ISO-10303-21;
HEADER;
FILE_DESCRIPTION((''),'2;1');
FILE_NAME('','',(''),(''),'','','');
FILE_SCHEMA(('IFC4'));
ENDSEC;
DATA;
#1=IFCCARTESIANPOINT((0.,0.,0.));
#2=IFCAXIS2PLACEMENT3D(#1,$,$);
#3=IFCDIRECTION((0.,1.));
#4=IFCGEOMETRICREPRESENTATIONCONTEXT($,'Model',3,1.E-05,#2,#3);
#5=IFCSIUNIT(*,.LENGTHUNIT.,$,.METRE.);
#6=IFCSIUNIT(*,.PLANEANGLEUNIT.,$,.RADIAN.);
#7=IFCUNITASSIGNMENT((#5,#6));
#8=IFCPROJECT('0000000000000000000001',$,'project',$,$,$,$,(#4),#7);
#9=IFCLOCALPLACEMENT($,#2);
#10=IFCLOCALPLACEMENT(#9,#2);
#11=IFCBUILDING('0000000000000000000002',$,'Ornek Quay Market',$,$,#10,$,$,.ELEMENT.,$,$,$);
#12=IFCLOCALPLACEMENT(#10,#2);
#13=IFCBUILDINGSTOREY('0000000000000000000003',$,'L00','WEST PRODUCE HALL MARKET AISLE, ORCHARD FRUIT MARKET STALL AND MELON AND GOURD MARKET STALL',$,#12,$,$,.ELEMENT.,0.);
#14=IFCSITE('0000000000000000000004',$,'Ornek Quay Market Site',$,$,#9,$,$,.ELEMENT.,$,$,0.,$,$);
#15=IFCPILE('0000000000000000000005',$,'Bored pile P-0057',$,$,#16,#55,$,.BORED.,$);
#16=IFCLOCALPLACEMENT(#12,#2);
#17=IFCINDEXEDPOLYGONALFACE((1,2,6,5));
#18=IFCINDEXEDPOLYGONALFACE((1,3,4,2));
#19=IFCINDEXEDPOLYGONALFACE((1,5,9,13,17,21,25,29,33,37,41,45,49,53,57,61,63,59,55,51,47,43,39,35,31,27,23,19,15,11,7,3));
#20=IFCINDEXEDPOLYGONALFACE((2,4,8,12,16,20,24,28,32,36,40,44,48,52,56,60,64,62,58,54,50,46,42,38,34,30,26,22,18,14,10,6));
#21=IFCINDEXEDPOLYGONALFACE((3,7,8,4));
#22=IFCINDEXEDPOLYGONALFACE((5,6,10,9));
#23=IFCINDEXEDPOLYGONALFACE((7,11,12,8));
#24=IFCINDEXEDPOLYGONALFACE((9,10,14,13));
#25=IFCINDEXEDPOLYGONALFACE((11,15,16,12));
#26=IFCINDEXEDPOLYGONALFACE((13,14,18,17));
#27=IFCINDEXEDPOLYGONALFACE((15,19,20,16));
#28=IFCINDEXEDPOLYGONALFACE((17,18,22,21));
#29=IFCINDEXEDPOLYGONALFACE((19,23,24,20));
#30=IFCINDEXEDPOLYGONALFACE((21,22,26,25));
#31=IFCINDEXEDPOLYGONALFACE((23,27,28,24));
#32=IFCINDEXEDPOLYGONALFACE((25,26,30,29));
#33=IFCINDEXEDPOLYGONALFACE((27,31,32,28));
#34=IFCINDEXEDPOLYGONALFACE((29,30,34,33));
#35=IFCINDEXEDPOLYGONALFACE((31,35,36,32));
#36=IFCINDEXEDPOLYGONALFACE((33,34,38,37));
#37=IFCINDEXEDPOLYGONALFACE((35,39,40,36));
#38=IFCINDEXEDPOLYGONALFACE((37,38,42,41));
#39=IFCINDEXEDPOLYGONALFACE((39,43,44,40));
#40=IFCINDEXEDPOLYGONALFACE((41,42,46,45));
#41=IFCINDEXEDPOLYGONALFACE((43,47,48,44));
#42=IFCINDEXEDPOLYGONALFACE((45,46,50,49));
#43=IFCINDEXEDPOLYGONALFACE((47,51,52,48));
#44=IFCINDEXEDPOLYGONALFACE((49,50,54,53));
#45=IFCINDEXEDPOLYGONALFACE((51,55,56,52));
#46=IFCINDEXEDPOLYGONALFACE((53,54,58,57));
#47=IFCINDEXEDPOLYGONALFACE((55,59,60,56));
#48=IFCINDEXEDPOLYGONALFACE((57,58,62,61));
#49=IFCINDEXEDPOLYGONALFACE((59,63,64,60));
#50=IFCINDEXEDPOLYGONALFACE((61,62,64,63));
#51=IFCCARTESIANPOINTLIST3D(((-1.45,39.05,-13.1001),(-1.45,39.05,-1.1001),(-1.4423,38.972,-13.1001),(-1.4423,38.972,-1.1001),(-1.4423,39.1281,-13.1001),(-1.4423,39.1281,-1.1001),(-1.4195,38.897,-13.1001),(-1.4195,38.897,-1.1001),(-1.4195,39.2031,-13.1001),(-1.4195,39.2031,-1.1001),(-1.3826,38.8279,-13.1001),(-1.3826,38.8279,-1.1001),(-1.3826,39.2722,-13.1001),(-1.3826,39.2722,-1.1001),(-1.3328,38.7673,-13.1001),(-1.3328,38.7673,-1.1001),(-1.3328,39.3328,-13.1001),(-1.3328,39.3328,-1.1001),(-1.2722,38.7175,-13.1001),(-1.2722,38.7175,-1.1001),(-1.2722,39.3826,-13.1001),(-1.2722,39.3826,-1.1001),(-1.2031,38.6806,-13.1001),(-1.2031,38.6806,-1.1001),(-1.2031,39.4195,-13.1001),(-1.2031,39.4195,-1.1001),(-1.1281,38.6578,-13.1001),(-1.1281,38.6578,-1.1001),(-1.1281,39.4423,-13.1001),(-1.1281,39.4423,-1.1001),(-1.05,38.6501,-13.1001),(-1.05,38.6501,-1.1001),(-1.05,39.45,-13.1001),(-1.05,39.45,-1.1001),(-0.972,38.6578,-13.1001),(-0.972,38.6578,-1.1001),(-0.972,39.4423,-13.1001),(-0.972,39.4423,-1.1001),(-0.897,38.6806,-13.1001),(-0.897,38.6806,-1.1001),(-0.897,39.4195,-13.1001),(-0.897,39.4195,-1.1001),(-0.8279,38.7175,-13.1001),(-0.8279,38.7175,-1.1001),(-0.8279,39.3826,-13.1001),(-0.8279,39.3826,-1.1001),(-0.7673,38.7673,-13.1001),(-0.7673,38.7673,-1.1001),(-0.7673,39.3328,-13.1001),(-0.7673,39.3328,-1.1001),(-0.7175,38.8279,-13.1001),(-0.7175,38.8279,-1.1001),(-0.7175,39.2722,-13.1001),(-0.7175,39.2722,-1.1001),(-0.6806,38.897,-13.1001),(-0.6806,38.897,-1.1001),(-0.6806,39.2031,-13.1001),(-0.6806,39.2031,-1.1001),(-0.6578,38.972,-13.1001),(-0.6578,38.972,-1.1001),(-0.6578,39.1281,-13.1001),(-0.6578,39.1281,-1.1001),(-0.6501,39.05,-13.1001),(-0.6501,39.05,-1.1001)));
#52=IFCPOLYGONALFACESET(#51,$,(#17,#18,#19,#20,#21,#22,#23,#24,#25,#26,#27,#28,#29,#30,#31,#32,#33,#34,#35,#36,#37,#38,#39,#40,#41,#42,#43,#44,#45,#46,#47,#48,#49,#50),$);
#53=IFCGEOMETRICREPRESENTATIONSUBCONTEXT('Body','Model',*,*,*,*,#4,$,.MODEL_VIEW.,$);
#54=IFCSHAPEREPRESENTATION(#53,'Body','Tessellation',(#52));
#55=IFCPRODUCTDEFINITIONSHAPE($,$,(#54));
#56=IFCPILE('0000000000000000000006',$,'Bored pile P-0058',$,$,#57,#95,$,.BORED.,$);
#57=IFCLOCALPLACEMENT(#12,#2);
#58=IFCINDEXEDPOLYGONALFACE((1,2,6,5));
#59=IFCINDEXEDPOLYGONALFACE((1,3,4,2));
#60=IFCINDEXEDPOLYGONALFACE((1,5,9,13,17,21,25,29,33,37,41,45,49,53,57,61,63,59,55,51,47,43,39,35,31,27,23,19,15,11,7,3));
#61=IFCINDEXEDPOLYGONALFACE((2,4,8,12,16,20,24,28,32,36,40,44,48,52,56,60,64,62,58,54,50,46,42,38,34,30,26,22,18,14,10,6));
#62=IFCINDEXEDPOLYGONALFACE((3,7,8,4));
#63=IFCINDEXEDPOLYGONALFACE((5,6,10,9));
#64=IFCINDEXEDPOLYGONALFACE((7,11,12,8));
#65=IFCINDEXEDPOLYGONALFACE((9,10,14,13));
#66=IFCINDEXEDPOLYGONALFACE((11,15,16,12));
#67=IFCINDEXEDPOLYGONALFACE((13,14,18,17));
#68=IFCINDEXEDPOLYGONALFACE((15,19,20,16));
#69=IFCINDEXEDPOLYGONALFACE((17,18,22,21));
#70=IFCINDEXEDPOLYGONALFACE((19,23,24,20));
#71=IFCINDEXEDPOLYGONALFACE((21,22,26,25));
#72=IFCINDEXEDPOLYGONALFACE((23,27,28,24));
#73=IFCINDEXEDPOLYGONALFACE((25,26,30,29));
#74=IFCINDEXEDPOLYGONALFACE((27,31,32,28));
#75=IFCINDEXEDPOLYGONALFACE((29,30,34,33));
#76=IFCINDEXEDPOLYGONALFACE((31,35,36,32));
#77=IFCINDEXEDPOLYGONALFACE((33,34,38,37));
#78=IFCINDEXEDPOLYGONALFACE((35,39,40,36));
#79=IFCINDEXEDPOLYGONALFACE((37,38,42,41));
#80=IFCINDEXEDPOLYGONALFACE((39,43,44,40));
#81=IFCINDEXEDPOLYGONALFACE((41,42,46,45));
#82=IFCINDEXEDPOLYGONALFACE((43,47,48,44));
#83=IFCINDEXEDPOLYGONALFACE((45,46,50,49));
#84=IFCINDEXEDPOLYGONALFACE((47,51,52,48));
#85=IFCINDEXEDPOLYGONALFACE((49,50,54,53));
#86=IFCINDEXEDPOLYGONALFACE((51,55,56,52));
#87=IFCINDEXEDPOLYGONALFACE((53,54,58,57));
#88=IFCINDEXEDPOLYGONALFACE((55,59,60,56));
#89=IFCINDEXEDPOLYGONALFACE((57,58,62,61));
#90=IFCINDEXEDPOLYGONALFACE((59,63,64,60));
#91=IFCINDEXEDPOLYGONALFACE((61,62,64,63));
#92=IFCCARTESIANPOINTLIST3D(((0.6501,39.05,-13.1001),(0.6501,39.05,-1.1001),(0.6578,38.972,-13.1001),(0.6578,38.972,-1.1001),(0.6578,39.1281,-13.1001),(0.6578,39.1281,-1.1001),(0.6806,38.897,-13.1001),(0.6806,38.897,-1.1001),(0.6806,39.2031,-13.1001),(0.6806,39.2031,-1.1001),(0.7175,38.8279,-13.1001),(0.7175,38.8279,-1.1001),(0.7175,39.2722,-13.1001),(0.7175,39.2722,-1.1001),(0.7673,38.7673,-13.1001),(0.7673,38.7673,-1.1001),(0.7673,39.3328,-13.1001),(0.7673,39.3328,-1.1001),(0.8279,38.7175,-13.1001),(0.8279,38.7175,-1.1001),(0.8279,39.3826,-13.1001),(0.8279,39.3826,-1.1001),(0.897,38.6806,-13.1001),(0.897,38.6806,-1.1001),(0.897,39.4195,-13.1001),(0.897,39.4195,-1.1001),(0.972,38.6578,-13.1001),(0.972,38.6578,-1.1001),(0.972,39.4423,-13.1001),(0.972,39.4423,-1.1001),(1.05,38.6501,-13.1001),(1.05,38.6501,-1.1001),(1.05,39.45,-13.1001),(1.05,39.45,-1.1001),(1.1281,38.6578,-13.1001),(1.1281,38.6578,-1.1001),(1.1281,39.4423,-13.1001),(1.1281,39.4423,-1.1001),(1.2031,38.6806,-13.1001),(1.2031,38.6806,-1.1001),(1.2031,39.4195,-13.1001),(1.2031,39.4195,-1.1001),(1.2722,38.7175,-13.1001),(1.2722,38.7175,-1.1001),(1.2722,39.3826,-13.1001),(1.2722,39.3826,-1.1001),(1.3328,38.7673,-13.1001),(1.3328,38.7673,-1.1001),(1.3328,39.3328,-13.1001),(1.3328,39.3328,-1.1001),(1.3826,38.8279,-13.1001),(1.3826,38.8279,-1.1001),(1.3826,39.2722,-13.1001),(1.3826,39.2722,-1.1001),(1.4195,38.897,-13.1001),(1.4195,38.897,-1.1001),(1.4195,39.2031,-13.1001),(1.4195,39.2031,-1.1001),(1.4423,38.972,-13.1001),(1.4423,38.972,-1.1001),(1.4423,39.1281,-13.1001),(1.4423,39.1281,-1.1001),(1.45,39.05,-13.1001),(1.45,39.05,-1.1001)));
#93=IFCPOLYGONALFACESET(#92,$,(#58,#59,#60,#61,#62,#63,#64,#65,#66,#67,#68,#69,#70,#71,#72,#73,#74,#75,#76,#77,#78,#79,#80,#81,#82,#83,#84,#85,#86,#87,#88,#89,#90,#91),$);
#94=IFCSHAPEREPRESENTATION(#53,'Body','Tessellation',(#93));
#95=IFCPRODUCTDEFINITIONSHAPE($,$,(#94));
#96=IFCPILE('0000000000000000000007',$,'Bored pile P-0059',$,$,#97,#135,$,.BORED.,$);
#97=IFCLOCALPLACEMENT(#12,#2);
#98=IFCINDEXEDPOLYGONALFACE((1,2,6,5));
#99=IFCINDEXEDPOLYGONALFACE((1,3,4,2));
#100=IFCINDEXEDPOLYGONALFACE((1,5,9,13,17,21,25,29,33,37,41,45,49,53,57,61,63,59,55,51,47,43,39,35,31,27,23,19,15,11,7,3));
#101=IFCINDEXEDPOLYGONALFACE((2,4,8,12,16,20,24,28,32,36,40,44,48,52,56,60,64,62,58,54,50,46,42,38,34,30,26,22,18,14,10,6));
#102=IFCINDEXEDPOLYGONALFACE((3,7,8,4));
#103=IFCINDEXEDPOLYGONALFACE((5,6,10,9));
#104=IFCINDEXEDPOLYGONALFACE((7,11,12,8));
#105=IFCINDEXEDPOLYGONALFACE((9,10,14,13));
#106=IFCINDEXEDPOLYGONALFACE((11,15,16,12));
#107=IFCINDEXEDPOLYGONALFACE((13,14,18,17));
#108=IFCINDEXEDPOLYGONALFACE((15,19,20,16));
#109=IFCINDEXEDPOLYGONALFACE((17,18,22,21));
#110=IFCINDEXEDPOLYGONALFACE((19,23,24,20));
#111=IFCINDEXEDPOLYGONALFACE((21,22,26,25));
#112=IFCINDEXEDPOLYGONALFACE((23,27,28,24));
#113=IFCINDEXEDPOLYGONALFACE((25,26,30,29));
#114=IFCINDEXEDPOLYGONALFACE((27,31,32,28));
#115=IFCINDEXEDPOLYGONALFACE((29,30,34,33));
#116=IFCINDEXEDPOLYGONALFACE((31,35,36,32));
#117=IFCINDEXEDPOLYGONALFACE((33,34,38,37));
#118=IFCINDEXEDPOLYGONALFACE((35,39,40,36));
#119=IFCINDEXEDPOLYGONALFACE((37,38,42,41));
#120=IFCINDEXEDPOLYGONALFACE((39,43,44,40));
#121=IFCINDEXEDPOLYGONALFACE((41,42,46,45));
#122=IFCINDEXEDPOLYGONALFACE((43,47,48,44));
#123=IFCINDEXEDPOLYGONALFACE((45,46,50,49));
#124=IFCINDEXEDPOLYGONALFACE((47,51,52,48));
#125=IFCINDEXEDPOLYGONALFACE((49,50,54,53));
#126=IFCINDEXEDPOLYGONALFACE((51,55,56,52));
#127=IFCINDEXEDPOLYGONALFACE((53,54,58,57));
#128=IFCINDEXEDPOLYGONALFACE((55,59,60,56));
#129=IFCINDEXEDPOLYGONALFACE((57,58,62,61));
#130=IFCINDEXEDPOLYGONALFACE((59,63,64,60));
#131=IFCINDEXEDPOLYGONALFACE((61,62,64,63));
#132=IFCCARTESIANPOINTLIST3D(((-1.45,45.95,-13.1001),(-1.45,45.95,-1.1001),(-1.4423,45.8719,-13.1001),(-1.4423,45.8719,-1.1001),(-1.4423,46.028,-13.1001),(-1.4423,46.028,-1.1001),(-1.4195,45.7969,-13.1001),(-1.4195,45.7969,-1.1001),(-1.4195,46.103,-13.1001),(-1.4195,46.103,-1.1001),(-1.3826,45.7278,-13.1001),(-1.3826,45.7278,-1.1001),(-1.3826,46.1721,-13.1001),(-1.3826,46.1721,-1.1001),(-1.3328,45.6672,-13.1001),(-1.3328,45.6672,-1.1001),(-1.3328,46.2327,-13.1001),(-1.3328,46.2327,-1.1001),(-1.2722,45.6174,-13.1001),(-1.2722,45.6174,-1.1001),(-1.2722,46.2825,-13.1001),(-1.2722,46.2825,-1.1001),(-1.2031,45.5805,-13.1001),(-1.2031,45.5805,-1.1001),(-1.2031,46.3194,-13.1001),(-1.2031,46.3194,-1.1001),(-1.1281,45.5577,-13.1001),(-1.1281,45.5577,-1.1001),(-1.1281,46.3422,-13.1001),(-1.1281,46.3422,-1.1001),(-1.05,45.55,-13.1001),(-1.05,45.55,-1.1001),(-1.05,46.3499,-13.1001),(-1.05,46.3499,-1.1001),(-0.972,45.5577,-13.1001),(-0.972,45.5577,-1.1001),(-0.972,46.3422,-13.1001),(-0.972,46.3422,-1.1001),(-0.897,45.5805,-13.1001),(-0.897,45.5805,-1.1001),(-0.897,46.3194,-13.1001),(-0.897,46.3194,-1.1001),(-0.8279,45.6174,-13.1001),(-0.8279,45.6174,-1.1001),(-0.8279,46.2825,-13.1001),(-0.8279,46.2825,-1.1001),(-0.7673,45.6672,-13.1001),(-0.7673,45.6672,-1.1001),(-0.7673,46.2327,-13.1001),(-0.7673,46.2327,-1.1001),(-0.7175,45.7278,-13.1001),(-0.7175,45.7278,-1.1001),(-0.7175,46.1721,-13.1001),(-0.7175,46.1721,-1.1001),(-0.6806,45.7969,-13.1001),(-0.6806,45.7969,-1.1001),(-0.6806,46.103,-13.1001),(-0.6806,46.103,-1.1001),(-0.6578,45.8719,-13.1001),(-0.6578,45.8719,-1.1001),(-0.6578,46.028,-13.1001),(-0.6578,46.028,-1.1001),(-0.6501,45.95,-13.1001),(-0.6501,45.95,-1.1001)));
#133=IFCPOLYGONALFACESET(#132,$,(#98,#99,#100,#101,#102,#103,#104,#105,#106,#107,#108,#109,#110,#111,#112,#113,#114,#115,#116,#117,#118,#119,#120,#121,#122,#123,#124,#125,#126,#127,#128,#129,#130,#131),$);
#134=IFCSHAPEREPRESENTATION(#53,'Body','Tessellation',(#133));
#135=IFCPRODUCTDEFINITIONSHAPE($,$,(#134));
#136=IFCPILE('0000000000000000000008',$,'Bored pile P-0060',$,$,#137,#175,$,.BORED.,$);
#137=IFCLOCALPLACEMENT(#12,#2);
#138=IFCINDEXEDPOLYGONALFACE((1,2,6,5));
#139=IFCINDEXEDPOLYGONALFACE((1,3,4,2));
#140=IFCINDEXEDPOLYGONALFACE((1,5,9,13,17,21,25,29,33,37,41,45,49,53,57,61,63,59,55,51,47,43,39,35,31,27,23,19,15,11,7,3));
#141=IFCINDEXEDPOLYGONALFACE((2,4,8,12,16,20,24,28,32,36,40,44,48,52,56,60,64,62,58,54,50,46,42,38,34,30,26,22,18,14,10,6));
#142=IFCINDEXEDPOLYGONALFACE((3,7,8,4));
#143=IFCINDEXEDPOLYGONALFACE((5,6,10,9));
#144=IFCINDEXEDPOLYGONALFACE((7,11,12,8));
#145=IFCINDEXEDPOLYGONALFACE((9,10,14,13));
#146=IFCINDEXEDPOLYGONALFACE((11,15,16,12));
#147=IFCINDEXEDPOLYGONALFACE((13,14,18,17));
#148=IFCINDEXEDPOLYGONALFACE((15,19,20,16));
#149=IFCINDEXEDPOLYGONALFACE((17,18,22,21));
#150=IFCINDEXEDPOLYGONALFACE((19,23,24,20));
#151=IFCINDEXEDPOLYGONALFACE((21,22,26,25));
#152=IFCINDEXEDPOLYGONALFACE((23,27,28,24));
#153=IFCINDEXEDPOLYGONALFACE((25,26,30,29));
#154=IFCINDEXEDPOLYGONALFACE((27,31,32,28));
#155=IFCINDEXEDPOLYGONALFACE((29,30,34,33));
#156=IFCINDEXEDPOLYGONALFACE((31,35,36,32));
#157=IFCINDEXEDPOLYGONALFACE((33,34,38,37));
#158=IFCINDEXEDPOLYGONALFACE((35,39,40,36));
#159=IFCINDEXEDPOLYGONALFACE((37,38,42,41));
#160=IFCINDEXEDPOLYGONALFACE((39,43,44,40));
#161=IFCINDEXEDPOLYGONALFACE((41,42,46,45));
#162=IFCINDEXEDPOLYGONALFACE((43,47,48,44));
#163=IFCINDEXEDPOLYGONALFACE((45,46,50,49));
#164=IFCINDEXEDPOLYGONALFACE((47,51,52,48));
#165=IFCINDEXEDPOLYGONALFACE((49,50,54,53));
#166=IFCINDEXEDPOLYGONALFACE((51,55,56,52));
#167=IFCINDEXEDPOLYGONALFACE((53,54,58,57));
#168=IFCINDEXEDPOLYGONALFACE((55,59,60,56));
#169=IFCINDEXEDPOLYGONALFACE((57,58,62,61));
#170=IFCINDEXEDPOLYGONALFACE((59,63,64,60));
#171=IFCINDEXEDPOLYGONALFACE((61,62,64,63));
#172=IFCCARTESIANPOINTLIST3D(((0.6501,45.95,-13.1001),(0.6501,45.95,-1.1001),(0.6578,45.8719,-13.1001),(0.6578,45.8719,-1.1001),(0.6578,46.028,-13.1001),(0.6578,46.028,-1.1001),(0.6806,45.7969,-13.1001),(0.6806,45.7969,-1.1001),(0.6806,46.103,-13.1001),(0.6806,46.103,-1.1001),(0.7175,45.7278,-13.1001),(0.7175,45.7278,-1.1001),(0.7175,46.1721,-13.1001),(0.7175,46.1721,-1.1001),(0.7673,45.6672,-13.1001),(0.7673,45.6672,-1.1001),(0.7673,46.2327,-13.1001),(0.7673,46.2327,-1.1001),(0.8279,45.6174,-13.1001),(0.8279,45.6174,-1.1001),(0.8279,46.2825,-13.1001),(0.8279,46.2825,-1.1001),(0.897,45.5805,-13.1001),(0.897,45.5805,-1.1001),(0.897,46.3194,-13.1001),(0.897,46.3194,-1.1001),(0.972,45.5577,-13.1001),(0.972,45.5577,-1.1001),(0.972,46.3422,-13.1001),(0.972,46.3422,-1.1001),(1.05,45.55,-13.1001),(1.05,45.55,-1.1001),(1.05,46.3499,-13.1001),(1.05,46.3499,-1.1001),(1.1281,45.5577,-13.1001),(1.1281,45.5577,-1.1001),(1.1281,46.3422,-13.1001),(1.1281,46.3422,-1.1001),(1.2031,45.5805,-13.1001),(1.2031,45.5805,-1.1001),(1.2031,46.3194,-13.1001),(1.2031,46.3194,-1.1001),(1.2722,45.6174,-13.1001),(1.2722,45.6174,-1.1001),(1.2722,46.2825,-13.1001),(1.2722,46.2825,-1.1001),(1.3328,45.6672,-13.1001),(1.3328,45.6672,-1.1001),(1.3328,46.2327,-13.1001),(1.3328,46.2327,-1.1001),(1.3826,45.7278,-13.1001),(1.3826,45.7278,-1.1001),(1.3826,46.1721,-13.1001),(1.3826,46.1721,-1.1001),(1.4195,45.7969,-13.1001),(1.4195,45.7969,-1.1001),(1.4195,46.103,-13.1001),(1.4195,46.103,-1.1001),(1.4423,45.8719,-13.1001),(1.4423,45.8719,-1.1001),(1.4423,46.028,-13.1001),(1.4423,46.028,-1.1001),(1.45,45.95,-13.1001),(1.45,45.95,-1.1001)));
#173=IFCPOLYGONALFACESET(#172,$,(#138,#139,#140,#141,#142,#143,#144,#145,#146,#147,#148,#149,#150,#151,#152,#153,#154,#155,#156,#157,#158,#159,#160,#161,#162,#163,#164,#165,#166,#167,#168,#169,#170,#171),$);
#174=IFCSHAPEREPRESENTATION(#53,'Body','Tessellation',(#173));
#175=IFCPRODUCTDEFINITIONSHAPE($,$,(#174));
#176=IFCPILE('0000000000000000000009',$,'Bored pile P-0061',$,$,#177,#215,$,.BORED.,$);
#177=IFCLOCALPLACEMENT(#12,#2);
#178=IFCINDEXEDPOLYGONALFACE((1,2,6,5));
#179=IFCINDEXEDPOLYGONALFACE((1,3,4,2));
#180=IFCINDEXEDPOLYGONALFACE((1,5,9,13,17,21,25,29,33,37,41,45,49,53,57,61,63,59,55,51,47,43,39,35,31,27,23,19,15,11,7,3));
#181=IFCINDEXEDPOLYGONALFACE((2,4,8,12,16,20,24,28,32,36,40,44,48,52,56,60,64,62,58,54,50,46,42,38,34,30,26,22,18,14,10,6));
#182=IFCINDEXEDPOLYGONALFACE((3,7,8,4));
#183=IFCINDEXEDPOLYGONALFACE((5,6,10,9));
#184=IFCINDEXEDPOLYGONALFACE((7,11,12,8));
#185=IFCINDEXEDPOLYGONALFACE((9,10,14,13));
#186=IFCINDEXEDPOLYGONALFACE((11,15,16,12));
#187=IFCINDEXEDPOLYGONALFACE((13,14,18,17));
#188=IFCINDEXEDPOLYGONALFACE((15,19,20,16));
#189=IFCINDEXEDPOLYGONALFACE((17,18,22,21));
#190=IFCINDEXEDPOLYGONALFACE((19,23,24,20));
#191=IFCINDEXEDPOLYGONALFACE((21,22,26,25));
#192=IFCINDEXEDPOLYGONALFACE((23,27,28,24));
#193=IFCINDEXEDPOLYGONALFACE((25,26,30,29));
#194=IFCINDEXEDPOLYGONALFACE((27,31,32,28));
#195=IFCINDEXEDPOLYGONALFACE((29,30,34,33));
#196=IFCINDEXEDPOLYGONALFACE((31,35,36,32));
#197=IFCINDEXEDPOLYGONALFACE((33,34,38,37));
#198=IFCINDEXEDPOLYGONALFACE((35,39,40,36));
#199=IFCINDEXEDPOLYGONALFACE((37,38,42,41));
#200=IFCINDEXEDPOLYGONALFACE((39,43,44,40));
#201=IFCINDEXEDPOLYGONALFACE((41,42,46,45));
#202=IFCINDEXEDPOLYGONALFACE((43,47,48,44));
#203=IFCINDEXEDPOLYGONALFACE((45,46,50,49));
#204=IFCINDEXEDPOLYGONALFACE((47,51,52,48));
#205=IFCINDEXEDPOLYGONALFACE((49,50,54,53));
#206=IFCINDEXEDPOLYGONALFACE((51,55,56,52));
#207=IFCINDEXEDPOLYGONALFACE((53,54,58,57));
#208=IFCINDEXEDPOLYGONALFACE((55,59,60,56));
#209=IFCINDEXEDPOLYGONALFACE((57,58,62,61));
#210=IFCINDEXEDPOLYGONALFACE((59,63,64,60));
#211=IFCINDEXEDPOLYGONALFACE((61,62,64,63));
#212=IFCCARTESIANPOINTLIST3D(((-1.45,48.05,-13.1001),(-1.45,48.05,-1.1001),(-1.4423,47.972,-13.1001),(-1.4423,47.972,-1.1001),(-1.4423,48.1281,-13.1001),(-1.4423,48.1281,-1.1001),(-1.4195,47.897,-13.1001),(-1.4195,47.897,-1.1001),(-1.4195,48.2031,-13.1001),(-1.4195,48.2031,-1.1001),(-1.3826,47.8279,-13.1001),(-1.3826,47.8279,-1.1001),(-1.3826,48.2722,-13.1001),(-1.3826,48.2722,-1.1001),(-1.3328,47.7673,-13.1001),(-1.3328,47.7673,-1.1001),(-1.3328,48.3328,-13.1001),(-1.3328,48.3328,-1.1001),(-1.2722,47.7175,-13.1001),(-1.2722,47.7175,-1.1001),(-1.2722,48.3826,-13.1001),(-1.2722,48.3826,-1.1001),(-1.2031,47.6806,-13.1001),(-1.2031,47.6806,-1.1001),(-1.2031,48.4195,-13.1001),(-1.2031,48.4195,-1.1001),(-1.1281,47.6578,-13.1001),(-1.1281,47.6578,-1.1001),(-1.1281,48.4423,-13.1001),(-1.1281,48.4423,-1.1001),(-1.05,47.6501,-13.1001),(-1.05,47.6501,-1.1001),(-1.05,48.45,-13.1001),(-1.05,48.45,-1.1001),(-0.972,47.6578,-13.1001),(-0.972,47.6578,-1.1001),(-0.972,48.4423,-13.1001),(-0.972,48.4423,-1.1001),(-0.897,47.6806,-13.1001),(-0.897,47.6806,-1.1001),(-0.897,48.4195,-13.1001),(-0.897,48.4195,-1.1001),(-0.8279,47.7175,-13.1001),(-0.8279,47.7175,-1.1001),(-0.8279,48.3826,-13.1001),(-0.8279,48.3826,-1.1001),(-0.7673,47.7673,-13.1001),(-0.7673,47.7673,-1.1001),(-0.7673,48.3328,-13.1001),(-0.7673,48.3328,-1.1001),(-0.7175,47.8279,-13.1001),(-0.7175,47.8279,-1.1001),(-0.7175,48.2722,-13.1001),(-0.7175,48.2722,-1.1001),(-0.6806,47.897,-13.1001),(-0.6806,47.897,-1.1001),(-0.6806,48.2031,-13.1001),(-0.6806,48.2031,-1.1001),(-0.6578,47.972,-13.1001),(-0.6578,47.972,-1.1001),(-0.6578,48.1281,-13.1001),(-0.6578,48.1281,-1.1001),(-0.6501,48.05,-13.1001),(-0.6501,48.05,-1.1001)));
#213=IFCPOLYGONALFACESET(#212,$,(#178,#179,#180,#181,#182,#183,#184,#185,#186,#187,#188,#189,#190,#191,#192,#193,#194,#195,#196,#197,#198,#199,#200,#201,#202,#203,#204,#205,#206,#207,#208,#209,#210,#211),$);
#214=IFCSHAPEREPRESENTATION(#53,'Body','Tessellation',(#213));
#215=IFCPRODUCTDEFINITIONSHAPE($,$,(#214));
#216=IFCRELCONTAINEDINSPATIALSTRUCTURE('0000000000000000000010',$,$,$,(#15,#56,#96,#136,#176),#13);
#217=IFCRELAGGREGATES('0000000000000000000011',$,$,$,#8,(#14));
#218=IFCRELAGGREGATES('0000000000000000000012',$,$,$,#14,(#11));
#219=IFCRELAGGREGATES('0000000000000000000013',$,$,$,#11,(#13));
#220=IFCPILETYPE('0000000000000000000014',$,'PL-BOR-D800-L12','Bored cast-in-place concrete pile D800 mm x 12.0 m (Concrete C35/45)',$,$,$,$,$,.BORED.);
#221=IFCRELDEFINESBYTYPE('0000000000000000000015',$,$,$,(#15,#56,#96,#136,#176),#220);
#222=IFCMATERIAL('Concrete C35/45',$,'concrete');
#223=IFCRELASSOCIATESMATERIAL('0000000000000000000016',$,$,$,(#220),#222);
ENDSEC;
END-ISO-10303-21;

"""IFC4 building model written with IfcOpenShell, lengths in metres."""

from ifc_helpers import new_model, si_unit, direction, frame, origin, origin_2d, place, context, subcontext, project, spatial, circle, extrude, material, material_profile, profile_set, type_object, element, save


model = new_model("IFC4")

# Units and contexts
model_context = context("Model", 3, precision=1e-05, world=origin(), true_north=direction((0.0, 1.0)))
body_context = subcontext(model_context, "Body", "Model", "MODEL_VIEW")
ifc_project = project(units=[si_unit("LENGTHUNIT", "METRE"), si_unit("PLANEANGLEUNIT", "RADIAN")], contexts=[model_context])

# Site, building, storey
site_placement = place(None, origin())
site = spatial("IfcSite", under=ifc_project, at=site_placement, Name="Ornek Quay Market Site", CompositionType="ELEMENT", RefElevation=0.0)
building_placement = place(site_placement, origin())
building = spatial("IfcBuilding", under=site, at=building_placement, Name="Ornek Quay Market", CompositionType="ELEMENT")
storey_placement = place(building_placement, origin())
storey = spatial("IfcBuildingStorey", under=building, at=storey_placement, Name="L00", Description="WEST PRODUCE HALL MARKET AISLE, ORCHARD FRUIT MARKET STALL AND MELON AND GOURD MARKET STALL", CompositionType="ELEMENT", Elevation=0.0)

# Piles
ifc_material_1 = material(Name="Concrete C35/45", Category="concrete")
ifc_material_profile_1 = material_profile(ifc_material_1, circle(Radius=0.3999, at=origin_2d()), Name="PILE D800", Category="concrete")
ifc_profile_set_1 = profile_set([ifc_material_profile_1], Name="Concrete C35/45")
pile_type = type_object("IfcPileType", Name="PL-BOR-D800-L12", Description="Bored cast-in-place concrete pile D800 mm x 12.0 m (Concrete C35/45)", PredefinedType="BORED", material=ifc_profile_set_1)
for number, where, z_axis, x_axis, name in (
    (1, (-1.05, 39.05, -1.1001), (0.0, 0.0, -1.0), (1.0, 0.0, 0.0), "Bored pile P-0057"),
    (2, (1.05, 39.05, -1.1001), (0.0, 0.0, -1.0), (1.0, 0.0, 0.0), "Bored pile P-0058"),
    (3, (-1.05, 45.95, -1.1001), (0.0, 0.0, -1.0), (1.0, 0.0, 0.0), "Bored pile P-0059"),
    (4, (1.05, 45.95, -1.1001), (0.0, 0.0, -1.0), (1.0, 0.0, 0.0), "Bored pile P-0060"),
    (5, (-1.05, 48.05, -1.1001), (0.0, 0.0, -1.0), (1.0, 0.0, 0.0), "Bored pile P-0061"),
):
    element("IfcPile", number, at=place(storey_placement, frame(where, z_axis=z_axis, x_axis=x_axis)), inside=storey, type_object=pile_type, Name=name, PredefinedType="BORED", context=body_context, shape_type="SweptSolid", body=[
        extrude(circle(Radius=0.3999, at=origin_2d()), origin(), (0.0, 0.0, 1.0), 12.0),
    ])

save(model, "model.ifc")
